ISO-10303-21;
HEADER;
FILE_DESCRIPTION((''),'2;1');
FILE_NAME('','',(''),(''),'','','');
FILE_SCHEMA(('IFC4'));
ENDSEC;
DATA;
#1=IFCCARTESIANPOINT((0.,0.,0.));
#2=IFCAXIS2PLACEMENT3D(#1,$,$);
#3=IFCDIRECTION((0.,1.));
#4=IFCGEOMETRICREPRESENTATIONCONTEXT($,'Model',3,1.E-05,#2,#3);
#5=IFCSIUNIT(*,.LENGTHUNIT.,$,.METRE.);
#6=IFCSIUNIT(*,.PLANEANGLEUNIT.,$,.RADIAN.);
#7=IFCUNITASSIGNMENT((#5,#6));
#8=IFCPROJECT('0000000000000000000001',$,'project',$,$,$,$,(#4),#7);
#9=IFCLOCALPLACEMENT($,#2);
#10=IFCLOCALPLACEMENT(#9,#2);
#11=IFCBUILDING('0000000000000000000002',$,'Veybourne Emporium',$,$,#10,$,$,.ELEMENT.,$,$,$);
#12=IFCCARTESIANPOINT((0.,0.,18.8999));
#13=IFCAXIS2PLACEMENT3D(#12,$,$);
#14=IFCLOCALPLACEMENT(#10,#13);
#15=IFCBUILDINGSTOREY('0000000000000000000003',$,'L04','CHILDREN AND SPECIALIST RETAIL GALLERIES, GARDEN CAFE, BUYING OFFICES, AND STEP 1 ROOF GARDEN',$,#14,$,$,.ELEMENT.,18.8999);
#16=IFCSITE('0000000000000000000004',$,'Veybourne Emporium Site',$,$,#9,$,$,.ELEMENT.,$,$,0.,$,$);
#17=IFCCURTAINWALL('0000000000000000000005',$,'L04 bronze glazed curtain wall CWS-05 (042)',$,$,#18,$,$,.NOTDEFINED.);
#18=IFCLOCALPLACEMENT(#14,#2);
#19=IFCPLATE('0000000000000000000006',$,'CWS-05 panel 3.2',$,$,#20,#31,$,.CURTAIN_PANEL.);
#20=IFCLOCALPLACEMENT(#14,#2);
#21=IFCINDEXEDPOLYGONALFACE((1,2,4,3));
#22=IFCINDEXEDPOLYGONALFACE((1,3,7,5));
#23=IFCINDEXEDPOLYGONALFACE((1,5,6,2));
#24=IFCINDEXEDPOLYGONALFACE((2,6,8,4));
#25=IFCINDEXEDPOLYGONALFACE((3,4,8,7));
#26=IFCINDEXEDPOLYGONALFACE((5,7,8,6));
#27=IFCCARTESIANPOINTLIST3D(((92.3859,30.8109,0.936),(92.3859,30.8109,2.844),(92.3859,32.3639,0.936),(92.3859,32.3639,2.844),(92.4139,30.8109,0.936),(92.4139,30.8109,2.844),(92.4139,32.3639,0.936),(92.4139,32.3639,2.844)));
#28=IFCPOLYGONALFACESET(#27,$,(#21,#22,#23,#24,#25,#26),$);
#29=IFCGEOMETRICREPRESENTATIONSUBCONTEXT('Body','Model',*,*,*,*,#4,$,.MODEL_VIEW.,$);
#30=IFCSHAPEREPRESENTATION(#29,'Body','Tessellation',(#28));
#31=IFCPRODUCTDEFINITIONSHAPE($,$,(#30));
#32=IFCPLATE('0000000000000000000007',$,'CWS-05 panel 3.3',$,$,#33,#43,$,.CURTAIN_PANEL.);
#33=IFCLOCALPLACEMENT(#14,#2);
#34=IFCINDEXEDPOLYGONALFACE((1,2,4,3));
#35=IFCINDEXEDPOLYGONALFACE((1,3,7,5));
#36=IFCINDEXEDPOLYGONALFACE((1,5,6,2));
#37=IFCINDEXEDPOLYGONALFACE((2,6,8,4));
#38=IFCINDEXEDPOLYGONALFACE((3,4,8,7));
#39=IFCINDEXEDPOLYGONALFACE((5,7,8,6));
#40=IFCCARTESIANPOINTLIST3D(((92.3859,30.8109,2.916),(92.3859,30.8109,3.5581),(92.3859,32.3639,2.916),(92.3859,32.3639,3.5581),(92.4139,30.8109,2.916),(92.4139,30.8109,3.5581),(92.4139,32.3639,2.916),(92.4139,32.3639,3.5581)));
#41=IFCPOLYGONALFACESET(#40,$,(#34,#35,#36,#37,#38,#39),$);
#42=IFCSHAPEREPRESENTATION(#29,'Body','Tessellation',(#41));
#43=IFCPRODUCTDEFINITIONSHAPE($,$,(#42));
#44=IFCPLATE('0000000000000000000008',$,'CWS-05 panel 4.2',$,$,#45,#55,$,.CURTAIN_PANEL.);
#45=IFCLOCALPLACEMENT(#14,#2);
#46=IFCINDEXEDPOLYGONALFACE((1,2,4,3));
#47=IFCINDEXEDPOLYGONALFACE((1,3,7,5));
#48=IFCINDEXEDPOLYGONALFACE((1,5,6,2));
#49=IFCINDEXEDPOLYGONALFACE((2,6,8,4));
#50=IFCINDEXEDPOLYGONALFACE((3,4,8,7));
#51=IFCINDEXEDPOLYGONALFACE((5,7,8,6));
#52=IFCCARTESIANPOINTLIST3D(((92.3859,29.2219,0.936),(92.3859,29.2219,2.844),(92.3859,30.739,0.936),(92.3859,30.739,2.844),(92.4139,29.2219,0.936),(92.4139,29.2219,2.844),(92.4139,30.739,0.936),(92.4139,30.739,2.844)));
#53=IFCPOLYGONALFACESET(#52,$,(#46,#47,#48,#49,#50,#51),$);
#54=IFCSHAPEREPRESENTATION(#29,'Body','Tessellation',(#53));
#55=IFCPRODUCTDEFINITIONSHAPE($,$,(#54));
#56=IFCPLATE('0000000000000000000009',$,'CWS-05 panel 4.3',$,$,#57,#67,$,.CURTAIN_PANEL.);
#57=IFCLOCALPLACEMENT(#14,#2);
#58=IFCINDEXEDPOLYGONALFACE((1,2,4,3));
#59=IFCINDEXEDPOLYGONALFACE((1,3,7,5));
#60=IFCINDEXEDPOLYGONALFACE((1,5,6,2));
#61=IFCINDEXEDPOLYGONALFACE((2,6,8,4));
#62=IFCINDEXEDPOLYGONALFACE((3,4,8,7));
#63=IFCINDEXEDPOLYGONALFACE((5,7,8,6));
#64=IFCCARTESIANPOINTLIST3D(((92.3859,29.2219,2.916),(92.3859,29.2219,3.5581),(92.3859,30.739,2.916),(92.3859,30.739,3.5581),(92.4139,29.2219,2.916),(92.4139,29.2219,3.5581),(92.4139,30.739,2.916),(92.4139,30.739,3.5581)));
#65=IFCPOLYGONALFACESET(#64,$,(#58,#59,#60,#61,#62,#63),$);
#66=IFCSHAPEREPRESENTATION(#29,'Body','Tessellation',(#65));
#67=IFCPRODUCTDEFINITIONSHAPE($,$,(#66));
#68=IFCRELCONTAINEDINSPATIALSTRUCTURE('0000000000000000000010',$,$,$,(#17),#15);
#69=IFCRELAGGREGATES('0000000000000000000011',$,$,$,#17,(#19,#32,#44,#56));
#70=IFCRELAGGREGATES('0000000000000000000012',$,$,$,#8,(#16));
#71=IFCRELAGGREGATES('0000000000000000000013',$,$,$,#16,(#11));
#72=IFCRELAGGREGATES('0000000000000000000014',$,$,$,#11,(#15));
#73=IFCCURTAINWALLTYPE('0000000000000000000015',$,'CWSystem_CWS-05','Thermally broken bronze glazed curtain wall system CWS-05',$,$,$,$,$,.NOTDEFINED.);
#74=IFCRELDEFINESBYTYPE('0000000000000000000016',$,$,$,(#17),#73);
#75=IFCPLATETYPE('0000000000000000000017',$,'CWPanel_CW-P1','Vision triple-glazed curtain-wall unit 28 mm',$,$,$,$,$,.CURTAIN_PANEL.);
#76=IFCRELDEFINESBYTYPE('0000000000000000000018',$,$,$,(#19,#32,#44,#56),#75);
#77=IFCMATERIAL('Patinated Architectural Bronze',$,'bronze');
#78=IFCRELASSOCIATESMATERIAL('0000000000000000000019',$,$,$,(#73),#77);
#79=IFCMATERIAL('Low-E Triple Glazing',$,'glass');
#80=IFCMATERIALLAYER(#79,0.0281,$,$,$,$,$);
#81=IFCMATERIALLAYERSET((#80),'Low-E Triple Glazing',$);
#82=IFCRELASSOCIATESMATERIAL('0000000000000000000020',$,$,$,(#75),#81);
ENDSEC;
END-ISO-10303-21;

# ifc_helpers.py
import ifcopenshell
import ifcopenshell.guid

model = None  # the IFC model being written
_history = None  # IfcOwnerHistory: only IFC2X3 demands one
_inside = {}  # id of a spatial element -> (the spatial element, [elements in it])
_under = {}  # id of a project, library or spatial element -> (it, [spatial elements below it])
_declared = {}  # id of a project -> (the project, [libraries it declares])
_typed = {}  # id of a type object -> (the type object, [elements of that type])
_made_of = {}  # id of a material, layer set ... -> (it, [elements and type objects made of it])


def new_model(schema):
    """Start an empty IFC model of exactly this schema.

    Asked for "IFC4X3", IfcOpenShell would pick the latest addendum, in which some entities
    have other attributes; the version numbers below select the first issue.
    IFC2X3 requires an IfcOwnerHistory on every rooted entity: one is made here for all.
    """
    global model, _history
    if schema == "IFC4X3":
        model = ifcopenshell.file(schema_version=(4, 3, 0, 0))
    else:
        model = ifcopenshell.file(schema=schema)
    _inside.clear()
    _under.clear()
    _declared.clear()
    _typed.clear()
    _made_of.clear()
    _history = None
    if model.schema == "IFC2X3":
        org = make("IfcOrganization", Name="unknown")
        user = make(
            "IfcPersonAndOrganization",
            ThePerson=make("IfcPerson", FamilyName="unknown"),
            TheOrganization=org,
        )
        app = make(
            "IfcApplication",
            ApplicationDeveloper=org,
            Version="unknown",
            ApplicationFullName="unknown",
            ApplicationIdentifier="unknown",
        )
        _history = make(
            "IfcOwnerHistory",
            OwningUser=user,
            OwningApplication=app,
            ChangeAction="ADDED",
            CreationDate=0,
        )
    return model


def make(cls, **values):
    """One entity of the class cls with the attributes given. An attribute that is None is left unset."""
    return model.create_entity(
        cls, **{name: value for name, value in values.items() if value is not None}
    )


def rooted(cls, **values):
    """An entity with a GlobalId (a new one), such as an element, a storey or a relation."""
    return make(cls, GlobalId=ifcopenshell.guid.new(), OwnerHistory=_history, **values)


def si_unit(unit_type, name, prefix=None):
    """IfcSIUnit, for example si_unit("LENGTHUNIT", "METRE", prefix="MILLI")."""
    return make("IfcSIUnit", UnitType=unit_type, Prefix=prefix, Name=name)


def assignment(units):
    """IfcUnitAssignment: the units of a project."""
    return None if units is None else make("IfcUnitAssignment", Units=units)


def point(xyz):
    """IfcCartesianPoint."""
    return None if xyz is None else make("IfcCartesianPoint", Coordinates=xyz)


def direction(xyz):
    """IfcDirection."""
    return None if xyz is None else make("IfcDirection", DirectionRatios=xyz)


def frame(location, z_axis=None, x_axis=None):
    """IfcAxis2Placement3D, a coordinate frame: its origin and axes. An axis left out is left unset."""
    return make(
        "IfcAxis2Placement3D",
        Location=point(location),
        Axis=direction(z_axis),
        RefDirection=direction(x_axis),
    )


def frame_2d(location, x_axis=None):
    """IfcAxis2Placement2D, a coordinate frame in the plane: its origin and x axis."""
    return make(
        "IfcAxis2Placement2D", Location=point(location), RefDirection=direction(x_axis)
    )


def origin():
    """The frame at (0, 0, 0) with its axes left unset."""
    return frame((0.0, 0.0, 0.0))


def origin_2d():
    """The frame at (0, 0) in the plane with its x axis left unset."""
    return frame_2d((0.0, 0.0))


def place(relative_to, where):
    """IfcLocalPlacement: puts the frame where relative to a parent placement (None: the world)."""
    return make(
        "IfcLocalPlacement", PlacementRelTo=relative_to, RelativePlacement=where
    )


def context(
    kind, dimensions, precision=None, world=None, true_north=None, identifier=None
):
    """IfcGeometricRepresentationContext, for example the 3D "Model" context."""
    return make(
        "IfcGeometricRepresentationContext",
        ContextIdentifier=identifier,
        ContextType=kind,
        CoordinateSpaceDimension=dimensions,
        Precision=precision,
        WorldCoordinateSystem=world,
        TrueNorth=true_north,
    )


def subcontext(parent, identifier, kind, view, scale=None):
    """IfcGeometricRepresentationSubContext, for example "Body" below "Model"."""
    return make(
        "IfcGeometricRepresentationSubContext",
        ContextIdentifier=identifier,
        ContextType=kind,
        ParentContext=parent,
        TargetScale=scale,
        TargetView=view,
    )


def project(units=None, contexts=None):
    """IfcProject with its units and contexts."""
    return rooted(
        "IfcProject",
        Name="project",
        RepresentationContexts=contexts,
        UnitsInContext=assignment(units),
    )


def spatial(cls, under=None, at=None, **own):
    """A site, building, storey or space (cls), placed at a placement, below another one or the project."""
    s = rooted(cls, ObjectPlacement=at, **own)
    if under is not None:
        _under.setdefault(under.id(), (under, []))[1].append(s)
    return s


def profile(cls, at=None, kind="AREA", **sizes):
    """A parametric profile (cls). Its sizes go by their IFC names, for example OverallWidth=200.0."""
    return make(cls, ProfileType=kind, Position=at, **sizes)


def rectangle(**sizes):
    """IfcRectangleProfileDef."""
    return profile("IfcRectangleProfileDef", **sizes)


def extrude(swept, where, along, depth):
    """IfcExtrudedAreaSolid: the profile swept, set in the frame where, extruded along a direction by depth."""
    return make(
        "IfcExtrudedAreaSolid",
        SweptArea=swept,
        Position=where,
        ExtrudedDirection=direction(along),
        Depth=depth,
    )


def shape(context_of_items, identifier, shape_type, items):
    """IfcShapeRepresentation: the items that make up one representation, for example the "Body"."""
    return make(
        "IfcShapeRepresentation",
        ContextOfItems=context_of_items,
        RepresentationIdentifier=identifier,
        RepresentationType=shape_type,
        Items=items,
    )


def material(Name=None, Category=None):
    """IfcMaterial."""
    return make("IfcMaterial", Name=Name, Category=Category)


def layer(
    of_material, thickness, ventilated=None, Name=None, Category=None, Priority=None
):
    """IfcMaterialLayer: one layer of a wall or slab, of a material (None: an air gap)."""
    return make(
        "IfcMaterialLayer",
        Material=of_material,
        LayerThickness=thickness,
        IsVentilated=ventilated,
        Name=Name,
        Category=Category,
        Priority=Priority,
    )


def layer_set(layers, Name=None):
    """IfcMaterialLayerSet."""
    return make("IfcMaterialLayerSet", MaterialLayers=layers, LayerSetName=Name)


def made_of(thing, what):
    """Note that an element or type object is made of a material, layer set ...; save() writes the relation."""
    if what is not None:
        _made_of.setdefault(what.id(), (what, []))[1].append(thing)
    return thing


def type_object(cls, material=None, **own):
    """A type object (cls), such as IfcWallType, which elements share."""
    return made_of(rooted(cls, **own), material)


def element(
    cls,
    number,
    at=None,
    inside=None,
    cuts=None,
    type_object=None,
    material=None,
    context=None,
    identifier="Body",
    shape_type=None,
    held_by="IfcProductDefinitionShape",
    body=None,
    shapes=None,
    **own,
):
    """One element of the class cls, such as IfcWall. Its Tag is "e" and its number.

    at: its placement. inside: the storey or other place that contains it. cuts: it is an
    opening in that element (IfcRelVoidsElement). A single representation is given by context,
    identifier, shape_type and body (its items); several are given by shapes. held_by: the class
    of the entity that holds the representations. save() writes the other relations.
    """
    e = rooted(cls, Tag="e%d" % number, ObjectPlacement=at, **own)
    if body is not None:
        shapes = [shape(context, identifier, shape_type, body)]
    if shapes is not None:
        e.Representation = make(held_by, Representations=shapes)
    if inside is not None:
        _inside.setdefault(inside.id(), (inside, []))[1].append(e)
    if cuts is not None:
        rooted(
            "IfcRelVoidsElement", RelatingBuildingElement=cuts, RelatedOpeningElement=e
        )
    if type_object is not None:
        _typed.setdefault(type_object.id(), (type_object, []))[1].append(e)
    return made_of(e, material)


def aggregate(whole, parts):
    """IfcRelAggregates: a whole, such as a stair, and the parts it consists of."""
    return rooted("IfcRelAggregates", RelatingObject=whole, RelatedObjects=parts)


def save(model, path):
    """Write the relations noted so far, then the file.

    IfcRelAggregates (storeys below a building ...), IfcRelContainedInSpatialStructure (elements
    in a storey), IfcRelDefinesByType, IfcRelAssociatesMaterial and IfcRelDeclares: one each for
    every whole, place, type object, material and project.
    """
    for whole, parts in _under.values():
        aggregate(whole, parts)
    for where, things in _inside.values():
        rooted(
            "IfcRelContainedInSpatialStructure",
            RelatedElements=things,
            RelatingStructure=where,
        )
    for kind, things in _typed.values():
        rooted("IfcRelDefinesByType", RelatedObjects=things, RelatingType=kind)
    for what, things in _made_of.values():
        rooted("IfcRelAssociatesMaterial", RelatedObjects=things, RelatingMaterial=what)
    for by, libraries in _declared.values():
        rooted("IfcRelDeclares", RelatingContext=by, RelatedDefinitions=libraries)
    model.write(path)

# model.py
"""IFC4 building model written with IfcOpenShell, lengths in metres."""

from ifc_helpers import new_model, si_unit, direction, frame, origin, origin_2d, place, context, subcontext, project, spatial, rectangle, extrude, material, layer, layer_set, type_object, element, aggregate, save


model = new_model("IFC4")

# Units and contexts
model_context = context("Model", 3, precision=1e-05, world=origin(), true_north=direction((0.0, 1.0)))
body_context = subcontext(model_context, "Body", "Model", "MODEL_VIEW")
ifc_project = project(units=[si_unit("LENGTHUNIT", "METRE"), si_unit("PLANEANGLEUNIT", "RADIAN")], contexts=[model_context])

# Site, building, storey
site_placement = place(None, origin())
site = spatial("IfcSite", under=ifc_project, at=site_placement, Name="Veybourne Emporium Site", CompositionType="ELEMENT", RefElevation=0.0)
building_placement = place(site_placement, origin())
building = spatial("IfcBuilding", under=site, at=building_placement, Name="Veybourne Emporium", CompositionType="ELEMENT")
storey_placement = place(building_placement, frame((0.0, 0.0, 18.8999)))
storey = spatial("IfcBuildingStorey", under=building, at=storey_placement, Name="L04", Description="CHILDREN AND SPECIALIST RETAIL GALLERIES, GARDEN CAFE, BUYING OFFICES, AND STEP 1 ROOF GARDEN", CompositionType="ELEMENT", Elevation=18.8999)

# Curtain wall, plates
ifc_material_1 = material(Name="Patinated Architectural Bronze", Category="bronze")
curtain_wall_type = type_object("IfcCurtainWallType", Name="CWSystem_CWS-05", Description="Thermally broken bronze glazed curtain wall system CWS-05", PredefinedType="NOTDEFINED", material=ifc_material_1)
curtain_wall_placement = place(storey_placement, origin())
curtain_wall = element("IfcCurtainWall", 1, at=curtain_wall_placement, inside=storey, type_object=curtain_wall_type, Name="L04 bronze glazed curtain wall CWS-05 (042)", PredefinedType="NOTDEFINED")
ifc_material_2 = material(Name="Low-E Triple Glazing", Category="glass")
ifc_layer = layer(ifc_material_2, 0.0281)
ifc_layer_set = layer_set([ifc_layer], Name="Low-E Triple Glazing")
plate_type = type_object("IfcPlateType", Name="CWPanel_CW-P1", Description="Vision triple-glazed curtain-wall unit 28 mm", PredefinedType="CURTAIN_PANEL", material=ifc_layer_set)
plate_1_placement = place(storey_placement, frame((92.3999, 31.5874, 0.936), z_axis=(0.0, 0.0, 1.0), x_axis=(0.0, -1.0, 0.0)))
plate_1 = element("IfcPlate", 2, at=plate_1_placement, type_object=plate_type, Name="CWS-05 panel 3.2", PredefinedType="CURTAIN_PANEL", context=body_context, shape_type="SweptSolid", body=[
    extrude(rectangle(XDim=1.553, YDim=0.0281, at=origin_2d()), origin(), (0.0, 0.0, 1.0), 1.908),
])
plate_2_placement = place(storey_placement, frame((92.3999, 31.5874, 2.916), z_axis=(0.0, 0.0, 1.0), x_axis=(0.0, -1.0, 0.0)))
plate_2 = element("IfcPlate", 3, at=plate_2_placement, type_object=plate_type, Name="CWS-05 panel 3.3", PredefinedType="CURTAIN_PANEL", context=body_context, shape_type="SweptSolid", body=[
    extrude(rectangle(XDim=1.553, YDim=0.0281, at=origin_2d()), origin(), (0.0, 0.0, 1.0), 0.6421),
])
plate_3_placement = place(storey_placement, frame((92.3999, 29.9805, 0.936), z_axis=(0.0, 0.0, 1.0), x_axis=(0.0, -1.0, 0.0)))
plate_3 = element("IfcPlate", 4, at=plate_3_placement, type_object=plate_type, Name="CWS-05 panel 4.2", PredefinedType="CURTAIN_PANEL", context=body_context, shape_type="SweptSolid", body=[
    extrude(rectangle(XDim=1.5171, YDim=0.0281, at=origin_2d()), origin(), (0.0, 0.0, 1.0), 1.908),
])
plate_4_placement = place(storey_placement, frame((92.3999, 29.9805, 2.916), z_axis=(0.0, 0.0, 1.0), x_axis=(0.0, -1.0, 0.0)))
plate_4 = element("IfcPlate", 5, at=plate_4_placement, type_object=plate_type, Name="CWS-05 panel 4.3", PredefinedType="CURTAIN_PANEL", context=body_context, shape_type="SweptSolid", body=[
    extrude(rectangle(XDim=1.5171, YDim=0.0281, at=origin_2d()), origin(), (0.0, 0.0, 1.0), 0.6421),
])
aggregate(curtain_wall, [plate_1, plate_2, plate_3, plate_4])

save(model, "model.ifc")
